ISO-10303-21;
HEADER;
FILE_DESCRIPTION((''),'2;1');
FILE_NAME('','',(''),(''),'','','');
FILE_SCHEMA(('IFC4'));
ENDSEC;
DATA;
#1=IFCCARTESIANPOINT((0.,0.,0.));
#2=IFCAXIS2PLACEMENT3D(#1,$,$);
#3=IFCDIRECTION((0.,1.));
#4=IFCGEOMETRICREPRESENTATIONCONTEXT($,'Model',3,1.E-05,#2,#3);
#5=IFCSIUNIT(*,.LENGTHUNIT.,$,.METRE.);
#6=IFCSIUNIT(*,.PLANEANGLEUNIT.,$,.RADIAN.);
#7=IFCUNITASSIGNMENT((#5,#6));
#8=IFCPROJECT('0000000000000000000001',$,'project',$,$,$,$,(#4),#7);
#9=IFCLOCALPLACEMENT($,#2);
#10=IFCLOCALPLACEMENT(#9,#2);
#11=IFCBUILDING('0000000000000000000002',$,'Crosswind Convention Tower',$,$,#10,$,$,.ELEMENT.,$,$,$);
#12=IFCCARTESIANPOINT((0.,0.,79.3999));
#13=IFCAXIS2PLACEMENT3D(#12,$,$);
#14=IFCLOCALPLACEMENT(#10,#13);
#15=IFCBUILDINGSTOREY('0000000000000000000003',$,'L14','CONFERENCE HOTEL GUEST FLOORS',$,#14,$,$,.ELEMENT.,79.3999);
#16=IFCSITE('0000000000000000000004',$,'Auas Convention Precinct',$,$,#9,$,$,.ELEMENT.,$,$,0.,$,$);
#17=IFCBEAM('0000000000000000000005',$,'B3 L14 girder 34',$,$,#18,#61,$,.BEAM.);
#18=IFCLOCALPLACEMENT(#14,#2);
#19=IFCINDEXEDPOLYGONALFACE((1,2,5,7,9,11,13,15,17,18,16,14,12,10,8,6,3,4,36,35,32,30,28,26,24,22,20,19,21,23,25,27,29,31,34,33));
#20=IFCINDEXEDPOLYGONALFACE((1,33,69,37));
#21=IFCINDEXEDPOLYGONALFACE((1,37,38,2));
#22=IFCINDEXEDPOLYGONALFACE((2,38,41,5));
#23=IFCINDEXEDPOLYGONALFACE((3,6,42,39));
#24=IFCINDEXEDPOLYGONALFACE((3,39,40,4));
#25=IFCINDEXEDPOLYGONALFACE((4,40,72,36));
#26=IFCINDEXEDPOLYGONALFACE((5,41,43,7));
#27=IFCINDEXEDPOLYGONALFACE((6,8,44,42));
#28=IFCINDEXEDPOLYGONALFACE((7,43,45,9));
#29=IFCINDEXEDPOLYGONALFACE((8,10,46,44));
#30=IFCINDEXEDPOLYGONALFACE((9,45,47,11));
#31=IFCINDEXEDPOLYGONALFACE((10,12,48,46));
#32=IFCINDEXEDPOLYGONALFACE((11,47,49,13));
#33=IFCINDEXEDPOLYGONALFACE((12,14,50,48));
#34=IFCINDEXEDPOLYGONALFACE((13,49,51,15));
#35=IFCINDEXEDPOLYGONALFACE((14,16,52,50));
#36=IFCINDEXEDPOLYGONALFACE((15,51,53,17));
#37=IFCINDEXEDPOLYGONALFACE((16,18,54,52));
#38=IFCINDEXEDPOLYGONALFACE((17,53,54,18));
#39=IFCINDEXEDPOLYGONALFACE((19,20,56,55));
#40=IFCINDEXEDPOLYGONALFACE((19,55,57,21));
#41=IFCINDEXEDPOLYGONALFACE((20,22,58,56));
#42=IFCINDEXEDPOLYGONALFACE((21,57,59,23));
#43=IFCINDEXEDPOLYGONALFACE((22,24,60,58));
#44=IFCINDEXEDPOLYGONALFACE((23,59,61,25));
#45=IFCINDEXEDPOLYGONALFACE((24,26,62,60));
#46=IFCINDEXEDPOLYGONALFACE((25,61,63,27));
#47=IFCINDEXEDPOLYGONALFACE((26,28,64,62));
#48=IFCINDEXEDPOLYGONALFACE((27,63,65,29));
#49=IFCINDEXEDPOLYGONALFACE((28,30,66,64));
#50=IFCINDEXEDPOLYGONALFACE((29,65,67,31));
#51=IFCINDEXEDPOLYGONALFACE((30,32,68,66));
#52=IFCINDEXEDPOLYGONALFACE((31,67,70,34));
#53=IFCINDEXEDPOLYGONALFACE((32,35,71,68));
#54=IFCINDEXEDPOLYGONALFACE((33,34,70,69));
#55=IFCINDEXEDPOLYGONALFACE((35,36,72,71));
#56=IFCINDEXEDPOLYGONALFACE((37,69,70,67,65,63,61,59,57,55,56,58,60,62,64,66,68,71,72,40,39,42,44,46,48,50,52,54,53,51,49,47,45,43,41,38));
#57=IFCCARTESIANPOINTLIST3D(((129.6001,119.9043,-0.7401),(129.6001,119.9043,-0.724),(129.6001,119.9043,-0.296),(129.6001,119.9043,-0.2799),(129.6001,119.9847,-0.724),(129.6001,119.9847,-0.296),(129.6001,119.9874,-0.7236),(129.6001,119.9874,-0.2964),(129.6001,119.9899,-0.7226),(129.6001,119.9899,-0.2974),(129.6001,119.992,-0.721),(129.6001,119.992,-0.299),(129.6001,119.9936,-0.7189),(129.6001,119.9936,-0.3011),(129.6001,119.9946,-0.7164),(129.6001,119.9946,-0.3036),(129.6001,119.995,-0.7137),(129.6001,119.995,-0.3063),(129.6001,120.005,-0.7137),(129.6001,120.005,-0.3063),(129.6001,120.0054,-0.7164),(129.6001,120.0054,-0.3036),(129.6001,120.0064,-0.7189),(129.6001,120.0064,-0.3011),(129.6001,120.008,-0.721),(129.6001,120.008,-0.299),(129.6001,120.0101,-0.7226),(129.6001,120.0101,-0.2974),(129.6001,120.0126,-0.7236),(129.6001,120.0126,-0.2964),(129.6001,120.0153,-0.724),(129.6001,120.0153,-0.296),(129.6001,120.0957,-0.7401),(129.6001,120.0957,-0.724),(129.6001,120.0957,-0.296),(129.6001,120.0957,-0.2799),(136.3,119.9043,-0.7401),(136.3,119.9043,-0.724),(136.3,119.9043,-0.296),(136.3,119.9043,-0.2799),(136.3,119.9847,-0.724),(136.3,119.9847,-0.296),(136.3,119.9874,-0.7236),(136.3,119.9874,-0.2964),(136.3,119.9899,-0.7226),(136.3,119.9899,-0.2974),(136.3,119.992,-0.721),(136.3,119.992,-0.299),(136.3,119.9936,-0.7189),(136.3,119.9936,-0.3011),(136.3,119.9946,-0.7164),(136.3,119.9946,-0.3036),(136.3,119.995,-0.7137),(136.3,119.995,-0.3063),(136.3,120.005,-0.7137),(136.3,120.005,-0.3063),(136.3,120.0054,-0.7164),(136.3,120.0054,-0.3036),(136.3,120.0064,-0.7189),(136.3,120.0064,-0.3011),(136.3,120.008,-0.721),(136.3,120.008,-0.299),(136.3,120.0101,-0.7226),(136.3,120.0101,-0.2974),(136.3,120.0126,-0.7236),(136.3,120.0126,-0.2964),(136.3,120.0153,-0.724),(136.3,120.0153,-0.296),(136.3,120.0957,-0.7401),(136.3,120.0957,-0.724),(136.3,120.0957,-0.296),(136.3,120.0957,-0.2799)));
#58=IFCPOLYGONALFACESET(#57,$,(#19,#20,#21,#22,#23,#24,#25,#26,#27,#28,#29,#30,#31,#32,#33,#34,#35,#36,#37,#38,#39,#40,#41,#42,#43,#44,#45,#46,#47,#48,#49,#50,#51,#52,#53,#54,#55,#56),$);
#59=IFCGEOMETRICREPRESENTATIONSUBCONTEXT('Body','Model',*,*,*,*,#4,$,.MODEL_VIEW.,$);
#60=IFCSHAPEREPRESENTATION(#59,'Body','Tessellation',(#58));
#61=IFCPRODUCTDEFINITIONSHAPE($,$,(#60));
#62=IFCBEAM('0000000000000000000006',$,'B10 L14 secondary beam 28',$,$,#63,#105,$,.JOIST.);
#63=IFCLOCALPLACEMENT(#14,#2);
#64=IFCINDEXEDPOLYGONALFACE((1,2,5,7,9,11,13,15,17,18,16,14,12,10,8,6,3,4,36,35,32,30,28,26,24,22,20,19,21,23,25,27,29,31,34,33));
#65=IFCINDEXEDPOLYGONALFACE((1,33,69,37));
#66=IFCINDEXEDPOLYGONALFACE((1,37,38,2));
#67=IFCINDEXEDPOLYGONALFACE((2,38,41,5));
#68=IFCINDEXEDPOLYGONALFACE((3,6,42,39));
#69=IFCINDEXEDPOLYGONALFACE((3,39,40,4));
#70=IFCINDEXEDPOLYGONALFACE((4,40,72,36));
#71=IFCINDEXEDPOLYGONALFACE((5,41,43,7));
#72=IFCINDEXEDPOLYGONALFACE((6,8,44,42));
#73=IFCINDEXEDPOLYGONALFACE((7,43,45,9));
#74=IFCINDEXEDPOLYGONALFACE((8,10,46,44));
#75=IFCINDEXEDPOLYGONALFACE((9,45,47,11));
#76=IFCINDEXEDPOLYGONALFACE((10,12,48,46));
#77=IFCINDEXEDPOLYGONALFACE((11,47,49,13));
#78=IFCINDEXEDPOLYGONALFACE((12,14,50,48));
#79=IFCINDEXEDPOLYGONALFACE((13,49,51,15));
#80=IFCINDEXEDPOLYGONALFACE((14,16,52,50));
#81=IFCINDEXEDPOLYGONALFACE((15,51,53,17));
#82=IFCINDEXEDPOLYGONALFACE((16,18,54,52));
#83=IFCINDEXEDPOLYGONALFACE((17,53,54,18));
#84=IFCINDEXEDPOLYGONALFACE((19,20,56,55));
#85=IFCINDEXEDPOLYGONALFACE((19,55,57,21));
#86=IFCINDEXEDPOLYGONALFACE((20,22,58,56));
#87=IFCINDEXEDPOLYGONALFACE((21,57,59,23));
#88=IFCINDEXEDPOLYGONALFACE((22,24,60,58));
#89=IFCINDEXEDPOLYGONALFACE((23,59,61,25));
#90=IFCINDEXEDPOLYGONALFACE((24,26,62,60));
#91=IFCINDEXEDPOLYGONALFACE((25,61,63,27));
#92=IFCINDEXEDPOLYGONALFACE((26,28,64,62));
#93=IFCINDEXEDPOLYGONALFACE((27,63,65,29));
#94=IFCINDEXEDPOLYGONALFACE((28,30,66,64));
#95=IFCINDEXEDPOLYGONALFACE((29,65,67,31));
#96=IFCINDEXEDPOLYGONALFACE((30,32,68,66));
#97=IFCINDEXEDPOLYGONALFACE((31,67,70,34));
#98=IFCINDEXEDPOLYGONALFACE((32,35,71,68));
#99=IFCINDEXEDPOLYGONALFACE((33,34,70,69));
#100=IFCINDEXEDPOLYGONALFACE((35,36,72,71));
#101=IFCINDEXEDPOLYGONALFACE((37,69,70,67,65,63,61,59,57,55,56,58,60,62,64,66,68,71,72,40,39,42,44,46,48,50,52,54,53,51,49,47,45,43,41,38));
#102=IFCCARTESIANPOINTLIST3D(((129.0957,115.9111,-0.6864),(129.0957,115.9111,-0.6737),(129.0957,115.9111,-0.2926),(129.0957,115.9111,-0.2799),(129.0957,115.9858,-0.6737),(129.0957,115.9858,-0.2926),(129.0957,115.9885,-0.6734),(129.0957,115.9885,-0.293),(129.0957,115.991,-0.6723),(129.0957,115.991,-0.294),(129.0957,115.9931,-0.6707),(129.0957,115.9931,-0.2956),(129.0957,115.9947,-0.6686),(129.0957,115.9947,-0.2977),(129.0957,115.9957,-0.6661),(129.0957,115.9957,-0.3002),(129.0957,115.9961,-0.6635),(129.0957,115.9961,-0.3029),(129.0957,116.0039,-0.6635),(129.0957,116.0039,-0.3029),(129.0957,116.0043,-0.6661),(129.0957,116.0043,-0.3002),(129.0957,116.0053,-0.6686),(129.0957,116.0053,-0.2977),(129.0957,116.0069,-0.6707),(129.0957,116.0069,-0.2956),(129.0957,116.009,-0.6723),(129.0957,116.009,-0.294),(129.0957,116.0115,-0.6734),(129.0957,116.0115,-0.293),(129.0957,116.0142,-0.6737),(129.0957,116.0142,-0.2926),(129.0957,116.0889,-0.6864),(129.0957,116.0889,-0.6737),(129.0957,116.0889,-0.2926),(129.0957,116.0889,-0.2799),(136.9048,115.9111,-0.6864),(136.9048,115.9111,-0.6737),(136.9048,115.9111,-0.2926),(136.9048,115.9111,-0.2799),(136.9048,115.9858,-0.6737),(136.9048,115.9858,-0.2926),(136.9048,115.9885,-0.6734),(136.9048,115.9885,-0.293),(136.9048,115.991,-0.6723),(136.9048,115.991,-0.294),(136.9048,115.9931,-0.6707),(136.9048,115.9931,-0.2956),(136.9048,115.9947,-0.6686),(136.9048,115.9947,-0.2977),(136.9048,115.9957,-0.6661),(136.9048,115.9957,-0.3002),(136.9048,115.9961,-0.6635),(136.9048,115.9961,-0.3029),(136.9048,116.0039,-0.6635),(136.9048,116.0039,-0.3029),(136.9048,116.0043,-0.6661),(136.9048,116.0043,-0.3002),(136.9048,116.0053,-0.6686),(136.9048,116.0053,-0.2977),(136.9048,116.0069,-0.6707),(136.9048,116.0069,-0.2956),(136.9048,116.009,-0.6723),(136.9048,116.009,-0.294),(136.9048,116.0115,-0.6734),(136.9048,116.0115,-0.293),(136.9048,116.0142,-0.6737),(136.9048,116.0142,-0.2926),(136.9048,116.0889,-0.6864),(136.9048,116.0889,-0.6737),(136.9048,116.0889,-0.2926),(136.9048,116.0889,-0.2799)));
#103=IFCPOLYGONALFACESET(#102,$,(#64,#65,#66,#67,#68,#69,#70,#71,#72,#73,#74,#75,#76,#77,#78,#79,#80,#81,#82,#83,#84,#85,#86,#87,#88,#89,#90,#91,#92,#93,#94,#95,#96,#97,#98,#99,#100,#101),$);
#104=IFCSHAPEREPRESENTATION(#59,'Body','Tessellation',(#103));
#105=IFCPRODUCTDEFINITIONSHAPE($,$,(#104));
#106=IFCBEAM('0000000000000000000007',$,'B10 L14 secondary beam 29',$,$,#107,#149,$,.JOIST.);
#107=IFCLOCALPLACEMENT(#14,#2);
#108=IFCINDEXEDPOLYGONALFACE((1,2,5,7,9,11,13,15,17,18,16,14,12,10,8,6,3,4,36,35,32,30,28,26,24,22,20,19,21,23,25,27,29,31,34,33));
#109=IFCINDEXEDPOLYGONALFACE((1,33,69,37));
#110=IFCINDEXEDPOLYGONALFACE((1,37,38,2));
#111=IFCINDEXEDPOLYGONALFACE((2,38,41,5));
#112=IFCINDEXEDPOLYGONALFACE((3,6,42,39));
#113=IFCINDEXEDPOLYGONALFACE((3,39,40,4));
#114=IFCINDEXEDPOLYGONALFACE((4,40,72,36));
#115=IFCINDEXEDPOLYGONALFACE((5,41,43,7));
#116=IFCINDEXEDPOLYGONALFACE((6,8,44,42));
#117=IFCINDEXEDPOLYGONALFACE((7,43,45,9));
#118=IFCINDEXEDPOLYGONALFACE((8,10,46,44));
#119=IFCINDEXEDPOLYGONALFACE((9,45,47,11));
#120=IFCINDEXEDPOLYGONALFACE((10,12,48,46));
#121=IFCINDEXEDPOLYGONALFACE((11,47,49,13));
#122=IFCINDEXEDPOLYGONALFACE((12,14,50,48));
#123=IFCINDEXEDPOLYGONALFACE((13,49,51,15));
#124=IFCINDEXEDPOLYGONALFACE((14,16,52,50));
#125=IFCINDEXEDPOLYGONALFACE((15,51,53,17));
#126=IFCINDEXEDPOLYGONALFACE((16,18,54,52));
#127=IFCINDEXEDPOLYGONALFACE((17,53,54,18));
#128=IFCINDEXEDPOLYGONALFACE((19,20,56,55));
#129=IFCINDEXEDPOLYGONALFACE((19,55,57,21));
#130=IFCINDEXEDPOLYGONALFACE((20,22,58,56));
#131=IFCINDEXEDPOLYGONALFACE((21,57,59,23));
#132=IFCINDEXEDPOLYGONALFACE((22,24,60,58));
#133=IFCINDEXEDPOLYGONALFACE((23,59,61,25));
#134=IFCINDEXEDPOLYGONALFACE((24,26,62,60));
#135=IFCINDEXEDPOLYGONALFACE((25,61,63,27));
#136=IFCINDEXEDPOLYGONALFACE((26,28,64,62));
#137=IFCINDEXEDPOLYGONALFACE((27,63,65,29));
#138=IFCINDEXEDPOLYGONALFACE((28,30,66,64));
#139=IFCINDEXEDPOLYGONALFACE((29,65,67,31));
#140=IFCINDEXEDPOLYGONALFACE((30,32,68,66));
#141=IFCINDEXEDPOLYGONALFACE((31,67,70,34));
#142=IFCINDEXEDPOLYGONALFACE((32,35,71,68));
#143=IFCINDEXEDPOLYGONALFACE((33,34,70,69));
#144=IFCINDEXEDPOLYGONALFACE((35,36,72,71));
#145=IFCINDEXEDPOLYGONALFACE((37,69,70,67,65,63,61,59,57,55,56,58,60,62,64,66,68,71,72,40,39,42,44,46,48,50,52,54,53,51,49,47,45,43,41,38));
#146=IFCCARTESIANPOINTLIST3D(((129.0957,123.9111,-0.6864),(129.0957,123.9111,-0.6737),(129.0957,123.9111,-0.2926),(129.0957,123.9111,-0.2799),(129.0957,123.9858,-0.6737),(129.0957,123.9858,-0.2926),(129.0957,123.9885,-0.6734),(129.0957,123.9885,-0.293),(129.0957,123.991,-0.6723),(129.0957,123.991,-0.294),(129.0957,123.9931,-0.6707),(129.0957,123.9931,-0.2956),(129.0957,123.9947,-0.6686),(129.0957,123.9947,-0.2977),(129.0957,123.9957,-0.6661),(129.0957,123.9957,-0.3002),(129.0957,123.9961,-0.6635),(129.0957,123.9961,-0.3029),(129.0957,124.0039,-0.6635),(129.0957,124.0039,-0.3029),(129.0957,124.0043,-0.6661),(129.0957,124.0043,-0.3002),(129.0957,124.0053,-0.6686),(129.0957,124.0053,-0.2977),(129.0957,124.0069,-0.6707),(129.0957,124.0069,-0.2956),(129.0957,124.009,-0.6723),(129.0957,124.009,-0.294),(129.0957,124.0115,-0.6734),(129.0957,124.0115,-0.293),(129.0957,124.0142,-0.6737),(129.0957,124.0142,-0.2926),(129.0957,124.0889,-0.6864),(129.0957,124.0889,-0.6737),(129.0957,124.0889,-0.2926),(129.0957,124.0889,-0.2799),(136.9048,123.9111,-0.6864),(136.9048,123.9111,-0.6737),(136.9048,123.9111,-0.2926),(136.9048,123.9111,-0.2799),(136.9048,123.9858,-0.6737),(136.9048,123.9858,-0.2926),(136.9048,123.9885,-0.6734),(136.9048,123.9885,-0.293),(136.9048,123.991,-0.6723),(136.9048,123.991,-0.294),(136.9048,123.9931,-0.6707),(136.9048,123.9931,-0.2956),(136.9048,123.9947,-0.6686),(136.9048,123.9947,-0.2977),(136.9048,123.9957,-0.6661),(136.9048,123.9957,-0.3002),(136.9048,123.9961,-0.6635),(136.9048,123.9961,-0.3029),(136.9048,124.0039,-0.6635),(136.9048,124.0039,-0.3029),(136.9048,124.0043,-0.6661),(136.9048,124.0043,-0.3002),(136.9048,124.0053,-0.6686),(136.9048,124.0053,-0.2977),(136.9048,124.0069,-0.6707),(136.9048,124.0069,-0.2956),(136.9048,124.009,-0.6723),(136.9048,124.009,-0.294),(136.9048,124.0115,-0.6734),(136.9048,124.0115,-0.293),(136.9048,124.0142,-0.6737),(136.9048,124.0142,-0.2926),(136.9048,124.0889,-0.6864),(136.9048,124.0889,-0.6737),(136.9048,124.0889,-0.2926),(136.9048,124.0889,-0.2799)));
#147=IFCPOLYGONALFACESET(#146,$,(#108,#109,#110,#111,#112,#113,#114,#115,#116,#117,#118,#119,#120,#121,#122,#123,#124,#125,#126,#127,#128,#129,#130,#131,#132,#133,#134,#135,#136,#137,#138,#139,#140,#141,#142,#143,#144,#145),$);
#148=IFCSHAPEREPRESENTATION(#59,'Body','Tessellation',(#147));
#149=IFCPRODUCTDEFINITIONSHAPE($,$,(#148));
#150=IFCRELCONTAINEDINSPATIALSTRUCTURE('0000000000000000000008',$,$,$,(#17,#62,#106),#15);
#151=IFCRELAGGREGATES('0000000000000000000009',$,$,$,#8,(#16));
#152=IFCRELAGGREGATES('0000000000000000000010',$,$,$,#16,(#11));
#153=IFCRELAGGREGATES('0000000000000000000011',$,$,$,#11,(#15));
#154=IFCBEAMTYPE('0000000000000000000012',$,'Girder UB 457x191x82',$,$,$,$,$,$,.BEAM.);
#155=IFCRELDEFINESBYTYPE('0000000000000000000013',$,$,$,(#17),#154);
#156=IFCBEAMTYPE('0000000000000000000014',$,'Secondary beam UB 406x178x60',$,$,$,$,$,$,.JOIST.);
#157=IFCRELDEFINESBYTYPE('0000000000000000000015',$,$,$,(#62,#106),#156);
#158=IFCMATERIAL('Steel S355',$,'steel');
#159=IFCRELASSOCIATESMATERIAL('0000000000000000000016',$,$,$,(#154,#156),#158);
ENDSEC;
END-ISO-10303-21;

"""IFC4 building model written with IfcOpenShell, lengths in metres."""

from ifc_helpers import new_model, si_unit, direction, frame, origin, origin_2d, place, context, subcontext, project, spatial, i_section, extrude, material, material_profile, profile_set, type_object, element, save


model = new_model("IFC4")

# Units and contexts
model_context = context("Model", 3, precision=1e-05, world=origin(), true_north=direction((0.0, 1.0)))
body_context = subcontext(model_context, "Body", "Model", "MODEL_VIEW")
ifc_project = project(units=[si_unit("LENGTHUNIT", "METRE"), si_unit("PLANEANGLEUNIT", "RADIAN")], contexts=[model_context])

# Site, building, storey
site_placement = place(None, origin())
site = spatial("IfcSite", under=ifc_project, at=site_placement, Name="Auas Convention Precinct", CompositionType="ELEMENT", RefElevation=0.0)
building_placement = place(site_placement, origin())
building = spatial("IfcBuilding", under=site, at=building_placement, Name="Crosswind Convention Tower", CompositionType="ELEMENT")
storey_placement = place(building_placement, frame((0.0, 0.0, 79.3999)))
storey = spatial("IfcBuildingStorey", under=building, at=storey_placement, Name="L14", Description="CONFERENCE HOTEL GUEST FLOORS", CompositionType="ELEMENT", Elevation=79.3999)

# Beams
ifc_material_1 = material(Name="Steel S355", Category="steel")
ifc_material_profile_1 = material_profile(ifc_material_1, i_section(OverallWidth=0.1914, OverallDepth=0.4602, WebThickness=0.01, FlangeThickness=0.0161, FilletRadius=0.0103, at=origin_2d()), Name="UB 457x191x82")
ifc_profile_set_1 = profile_set([ifc_material_profile_1], Name="Steel S355")
beam_type_1 = type_object("IfcBeamType", Name="Girder UB 457x191x82", PredefinedType="BEAM", material=ifc_profile_set_1)
beam_1_placement = place(storey_placement, frame((129.6001, 120.0, -0.51), z_axis=(1.0, 0.0, 0.0), x_axis=(0.0, 1.0, 0.0)))
element("IfcBeam", 1, at=beam_1_placement, inside=storey, type_object=beam_type_1, Name="B3 L14 girder 34", PredefinedType="BEAM", context=body_context, shape_type="SweptSolid", body=[
    extrude(i_section(OverallWidth=0.1914, OverallDepth=0.4602, WebThickness=0.01, FlangeThickness=0.0161, FilletRadius=0.0103, at=origin_2d()), origin(), (0.0, 0.0, 1.0), 6.7),
])
ifc_material_profile_2 = material_profile(ifc_material_1, i_section(OverallWidth=0.1777, OverallDepth=0.4065, WebThickness=0.0078, FlangeThickness=0.0127, FilletRadius=0.0103, at=origin_2d()), Name="UB 406x178x60")
ifc_profile_set_2 = profile_set([ifc_material_profile_2], Name="Steel S355")
beam_type_2 = type_object("IfcBeamType", Name="Secondary beam UB 406x178x60", PredefinedType="JOIST", material=ifc_profile_set_2)
for number, where, z_axis, x_axis, name in (
    (2, (129.0957, 116.0, -0.4832), (1.0, 0.0, 0.0), (0.0, 1.0, 0.0), "B10 L14 secondary beam 28"),
    (3, (129.0957, 124.0, -0.4832), (1.0, 0.0, 0.0), (0.0, 1.0, 0.0), "B10 L14 secondary beam 29"),
):
    element("IfcBeam", number, at=place(storey_placement, frame(where, z_axis=z_axis, x_axis=x_axis)), inside=storey, type_object=beam_type_2, Name=name, PredefinedType="JOIST", context=body_context, shape_type="SweptSolid", body=[
        extrude(i_section(OverallWidth=0.1777, OverallDepth=0.4065, WebThickness=0.0078, FlangeThickness=0.0127, FilletRadius=0.0103, at=origin_2d()), origin(), (0.0, 0.0, 1.0), 7.8091),
    ])

save(model, "model.ifc")
